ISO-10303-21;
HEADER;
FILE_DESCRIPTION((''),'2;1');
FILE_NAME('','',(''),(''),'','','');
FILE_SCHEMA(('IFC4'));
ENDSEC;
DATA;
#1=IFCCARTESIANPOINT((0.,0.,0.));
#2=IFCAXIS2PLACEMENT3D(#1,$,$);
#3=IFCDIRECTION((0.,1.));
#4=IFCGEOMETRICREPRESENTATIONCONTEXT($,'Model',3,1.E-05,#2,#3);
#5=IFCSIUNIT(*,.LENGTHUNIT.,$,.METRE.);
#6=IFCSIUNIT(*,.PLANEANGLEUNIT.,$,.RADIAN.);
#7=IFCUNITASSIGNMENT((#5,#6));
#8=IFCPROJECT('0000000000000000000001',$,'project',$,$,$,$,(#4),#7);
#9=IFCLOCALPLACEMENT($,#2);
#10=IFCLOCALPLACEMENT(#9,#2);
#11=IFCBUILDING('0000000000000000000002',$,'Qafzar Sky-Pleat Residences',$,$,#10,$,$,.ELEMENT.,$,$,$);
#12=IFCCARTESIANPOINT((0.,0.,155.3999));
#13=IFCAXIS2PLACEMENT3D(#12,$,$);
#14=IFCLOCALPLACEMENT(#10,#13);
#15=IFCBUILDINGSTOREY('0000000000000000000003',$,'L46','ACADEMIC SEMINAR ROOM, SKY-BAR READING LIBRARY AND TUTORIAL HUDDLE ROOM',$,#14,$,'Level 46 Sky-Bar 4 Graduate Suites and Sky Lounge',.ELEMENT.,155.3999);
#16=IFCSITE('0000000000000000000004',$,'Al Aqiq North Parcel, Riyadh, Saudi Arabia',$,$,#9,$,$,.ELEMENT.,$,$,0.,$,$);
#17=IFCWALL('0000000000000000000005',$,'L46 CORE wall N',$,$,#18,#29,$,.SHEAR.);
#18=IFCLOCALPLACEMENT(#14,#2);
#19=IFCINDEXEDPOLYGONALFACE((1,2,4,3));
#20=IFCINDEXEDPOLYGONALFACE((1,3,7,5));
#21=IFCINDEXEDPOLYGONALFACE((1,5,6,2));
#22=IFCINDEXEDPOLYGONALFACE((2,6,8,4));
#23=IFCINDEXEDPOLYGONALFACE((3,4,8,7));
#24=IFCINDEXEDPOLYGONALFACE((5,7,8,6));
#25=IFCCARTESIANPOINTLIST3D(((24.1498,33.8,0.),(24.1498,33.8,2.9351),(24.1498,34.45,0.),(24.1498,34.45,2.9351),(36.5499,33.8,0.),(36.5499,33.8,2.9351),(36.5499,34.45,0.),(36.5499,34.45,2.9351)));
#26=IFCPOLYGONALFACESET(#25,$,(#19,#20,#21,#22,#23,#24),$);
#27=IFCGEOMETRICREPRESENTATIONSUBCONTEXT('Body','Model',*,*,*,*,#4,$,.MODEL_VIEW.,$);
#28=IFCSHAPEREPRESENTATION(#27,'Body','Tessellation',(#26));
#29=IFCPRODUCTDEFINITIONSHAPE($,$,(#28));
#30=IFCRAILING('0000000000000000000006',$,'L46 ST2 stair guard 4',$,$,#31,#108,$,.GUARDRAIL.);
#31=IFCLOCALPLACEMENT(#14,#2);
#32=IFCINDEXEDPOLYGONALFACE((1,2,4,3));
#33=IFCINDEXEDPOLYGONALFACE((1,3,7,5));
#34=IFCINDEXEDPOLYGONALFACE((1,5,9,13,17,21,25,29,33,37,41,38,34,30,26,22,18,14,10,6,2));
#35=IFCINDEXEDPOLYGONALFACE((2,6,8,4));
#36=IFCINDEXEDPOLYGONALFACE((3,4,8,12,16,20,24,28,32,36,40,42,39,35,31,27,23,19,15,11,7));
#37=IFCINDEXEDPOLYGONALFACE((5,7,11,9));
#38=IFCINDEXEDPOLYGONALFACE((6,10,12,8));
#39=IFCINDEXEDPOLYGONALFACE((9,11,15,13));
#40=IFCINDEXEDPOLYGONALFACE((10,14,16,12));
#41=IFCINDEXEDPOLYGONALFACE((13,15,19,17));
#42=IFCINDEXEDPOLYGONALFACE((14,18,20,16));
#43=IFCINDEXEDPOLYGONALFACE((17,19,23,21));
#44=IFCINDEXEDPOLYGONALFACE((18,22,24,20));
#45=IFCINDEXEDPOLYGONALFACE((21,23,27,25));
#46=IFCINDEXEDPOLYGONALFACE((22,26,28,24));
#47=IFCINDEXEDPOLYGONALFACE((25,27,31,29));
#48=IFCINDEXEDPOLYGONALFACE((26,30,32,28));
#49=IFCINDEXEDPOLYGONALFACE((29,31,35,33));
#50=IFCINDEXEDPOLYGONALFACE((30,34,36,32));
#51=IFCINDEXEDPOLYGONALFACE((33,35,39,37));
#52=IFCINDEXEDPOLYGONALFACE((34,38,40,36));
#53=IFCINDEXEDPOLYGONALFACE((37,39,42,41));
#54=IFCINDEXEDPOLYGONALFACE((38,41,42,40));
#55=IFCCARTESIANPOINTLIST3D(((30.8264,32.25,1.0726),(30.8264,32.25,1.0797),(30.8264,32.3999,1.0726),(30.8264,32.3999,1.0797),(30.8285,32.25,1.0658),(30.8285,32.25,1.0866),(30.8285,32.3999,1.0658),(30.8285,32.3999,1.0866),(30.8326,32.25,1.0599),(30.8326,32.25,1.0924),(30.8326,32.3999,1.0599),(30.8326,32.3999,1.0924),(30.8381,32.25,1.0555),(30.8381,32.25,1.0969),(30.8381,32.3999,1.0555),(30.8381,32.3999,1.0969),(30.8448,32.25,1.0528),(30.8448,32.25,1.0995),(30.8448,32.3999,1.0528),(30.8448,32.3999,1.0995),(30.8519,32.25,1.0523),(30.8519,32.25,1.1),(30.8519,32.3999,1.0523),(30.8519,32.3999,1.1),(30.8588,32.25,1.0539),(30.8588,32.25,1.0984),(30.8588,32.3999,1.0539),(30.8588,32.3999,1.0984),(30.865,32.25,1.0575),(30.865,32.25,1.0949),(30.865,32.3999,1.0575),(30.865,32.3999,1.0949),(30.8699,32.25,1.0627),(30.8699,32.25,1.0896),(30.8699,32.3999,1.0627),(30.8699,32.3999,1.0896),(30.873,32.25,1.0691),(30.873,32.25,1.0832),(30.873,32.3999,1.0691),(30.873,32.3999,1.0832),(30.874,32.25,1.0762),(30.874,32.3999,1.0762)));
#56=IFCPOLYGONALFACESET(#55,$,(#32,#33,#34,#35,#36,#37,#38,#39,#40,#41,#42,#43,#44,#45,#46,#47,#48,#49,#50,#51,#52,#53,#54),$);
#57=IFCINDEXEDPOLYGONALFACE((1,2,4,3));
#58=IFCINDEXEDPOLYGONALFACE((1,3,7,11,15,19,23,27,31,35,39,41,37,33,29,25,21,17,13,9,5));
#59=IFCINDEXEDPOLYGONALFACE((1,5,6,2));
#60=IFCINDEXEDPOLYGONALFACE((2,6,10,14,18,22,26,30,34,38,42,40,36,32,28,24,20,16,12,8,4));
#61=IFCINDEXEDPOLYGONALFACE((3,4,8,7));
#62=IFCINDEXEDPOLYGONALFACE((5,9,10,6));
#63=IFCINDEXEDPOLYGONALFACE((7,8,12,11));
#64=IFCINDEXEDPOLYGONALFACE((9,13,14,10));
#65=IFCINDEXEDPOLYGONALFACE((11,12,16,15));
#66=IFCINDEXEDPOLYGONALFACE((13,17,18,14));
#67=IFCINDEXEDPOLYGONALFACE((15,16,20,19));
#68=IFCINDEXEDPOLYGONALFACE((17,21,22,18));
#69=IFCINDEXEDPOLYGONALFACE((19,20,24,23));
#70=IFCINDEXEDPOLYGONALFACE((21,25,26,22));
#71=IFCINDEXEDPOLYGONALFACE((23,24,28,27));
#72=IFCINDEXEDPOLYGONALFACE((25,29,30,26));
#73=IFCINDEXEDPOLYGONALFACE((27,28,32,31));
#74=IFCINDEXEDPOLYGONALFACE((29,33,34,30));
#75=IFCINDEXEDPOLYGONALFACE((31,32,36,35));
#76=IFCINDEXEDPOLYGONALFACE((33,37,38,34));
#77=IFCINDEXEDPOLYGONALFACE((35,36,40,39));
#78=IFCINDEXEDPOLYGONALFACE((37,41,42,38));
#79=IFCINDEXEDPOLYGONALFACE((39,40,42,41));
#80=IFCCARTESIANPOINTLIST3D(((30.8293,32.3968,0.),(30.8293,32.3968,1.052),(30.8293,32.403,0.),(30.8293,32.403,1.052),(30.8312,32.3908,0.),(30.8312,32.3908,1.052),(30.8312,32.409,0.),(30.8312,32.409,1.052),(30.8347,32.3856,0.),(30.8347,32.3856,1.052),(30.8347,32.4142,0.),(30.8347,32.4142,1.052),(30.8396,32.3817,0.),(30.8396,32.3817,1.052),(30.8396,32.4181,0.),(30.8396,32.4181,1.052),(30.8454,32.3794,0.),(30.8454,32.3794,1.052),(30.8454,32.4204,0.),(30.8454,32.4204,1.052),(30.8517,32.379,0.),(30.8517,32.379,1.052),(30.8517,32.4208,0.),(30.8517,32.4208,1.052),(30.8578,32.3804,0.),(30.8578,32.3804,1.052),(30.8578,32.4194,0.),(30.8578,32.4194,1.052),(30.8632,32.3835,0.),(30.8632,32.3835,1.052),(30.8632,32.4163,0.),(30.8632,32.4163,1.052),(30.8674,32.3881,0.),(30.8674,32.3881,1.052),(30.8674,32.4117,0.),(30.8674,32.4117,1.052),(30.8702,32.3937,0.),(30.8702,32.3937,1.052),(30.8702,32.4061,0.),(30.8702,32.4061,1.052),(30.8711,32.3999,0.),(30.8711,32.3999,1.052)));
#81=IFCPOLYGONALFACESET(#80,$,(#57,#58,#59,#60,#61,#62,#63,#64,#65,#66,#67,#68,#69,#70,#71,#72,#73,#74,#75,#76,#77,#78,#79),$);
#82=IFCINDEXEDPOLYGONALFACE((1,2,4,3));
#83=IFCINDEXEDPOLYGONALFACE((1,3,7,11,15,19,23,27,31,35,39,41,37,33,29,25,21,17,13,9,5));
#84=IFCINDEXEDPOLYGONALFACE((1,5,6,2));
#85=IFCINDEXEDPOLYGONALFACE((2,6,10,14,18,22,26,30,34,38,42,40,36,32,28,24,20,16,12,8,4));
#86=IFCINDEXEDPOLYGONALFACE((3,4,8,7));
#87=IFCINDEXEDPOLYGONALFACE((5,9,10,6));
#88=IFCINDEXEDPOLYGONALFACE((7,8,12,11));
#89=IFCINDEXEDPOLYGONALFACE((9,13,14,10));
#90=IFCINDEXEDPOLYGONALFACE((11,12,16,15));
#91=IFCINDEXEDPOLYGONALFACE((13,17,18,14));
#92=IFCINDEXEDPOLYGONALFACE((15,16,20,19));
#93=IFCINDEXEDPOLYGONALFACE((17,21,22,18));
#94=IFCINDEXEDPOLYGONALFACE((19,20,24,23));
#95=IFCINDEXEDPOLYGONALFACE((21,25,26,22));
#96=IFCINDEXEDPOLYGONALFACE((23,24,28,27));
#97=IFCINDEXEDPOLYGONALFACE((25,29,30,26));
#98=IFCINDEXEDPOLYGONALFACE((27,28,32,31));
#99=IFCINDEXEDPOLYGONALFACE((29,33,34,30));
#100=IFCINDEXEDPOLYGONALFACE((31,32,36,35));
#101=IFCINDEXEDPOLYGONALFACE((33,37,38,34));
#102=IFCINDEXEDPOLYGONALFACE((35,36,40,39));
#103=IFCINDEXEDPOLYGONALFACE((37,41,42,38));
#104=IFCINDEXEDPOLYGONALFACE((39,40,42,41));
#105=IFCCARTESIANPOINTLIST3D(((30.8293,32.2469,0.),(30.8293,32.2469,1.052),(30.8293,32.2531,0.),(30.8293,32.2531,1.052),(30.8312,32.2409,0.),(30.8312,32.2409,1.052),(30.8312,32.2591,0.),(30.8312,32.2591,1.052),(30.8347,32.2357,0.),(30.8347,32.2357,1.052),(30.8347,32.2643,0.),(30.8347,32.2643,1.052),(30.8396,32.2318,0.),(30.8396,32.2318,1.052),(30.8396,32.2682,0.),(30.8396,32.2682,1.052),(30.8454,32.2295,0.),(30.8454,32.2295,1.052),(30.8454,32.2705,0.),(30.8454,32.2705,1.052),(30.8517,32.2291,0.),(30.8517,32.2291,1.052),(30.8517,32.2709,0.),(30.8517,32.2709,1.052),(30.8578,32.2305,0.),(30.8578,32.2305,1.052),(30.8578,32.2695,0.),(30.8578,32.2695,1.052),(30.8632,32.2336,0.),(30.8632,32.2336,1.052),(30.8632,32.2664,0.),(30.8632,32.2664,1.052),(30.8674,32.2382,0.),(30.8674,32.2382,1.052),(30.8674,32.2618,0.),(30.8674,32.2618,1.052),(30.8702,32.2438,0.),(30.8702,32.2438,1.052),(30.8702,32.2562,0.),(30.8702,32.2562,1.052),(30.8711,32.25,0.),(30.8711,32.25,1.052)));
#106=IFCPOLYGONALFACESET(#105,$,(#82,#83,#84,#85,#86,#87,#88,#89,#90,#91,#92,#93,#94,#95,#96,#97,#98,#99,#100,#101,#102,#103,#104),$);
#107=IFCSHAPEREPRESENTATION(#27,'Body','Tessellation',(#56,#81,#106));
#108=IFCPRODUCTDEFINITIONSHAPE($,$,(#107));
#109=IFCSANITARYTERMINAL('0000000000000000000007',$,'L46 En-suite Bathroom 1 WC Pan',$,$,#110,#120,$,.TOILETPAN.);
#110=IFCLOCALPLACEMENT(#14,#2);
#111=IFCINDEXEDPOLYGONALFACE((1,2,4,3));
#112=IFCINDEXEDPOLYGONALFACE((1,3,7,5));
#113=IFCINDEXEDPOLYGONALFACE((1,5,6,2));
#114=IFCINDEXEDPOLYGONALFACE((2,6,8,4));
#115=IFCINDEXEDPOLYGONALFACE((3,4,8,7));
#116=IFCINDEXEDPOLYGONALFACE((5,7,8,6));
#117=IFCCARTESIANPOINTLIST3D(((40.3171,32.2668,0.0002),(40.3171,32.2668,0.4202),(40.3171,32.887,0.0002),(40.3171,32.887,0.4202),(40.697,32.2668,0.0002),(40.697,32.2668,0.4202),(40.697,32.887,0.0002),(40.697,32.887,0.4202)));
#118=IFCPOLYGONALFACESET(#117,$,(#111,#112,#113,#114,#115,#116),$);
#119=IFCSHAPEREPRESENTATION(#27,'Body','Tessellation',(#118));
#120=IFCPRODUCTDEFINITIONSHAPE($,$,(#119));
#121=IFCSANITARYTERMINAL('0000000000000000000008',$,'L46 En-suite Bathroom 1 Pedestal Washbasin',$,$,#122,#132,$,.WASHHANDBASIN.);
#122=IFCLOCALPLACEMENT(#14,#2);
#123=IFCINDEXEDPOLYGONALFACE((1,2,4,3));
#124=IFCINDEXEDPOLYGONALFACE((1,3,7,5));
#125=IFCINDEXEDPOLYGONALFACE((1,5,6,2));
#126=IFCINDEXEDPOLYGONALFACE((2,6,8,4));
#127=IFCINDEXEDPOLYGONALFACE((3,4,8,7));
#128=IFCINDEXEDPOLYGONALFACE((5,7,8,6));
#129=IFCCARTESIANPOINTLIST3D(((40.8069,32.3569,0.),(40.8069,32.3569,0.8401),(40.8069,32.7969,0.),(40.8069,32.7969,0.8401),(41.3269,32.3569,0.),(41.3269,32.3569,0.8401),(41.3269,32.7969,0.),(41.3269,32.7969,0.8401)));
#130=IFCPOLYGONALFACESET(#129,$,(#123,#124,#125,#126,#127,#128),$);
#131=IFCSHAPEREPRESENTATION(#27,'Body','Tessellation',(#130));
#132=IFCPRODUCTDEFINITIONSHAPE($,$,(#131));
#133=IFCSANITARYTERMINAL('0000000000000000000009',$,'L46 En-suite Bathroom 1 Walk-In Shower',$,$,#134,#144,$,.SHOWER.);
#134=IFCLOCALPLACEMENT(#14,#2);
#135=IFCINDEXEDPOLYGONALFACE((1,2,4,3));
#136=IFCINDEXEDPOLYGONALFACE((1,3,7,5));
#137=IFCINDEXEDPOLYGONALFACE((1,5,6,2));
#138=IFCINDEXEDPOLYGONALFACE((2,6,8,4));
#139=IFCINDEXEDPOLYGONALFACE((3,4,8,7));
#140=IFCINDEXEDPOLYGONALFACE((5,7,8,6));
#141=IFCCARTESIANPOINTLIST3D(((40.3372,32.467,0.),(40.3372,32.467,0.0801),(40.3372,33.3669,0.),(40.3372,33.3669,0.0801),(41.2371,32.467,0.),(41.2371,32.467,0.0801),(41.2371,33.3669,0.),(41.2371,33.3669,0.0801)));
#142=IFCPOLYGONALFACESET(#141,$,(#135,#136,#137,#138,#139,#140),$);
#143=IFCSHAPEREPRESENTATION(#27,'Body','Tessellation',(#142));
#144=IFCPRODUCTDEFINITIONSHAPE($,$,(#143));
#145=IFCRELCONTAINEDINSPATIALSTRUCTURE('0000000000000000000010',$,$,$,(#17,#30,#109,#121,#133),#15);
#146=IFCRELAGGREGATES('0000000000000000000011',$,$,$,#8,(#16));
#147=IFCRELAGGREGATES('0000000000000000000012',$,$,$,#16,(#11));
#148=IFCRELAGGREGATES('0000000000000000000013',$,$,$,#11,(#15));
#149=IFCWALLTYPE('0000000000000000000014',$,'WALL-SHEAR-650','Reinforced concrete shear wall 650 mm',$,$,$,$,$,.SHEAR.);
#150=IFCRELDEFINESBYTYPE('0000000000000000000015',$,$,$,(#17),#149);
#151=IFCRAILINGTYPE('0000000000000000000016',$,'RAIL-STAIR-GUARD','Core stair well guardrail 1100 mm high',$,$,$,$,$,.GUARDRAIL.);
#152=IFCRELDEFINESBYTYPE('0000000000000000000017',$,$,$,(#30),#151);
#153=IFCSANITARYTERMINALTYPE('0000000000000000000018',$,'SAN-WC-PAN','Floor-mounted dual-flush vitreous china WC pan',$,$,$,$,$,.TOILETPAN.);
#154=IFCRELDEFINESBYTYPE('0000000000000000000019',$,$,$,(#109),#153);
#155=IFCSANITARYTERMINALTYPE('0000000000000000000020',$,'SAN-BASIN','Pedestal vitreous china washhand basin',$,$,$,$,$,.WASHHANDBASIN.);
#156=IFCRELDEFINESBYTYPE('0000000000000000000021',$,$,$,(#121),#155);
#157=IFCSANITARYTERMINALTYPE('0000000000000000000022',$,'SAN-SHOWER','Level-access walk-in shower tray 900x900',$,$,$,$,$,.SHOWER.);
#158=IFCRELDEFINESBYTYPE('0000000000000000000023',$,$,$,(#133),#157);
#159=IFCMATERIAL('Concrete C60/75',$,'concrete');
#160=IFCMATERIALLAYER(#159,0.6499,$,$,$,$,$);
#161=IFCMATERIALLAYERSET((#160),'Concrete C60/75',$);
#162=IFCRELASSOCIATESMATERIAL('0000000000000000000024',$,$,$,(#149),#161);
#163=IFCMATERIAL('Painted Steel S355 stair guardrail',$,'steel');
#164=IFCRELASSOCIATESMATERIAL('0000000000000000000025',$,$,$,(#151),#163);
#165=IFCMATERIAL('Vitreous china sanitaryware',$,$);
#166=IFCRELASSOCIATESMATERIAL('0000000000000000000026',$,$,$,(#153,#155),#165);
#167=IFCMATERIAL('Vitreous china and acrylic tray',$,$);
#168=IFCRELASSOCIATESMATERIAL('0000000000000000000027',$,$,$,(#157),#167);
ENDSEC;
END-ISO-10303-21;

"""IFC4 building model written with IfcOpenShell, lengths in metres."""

from ifc_helpers import new_model, si_unit, direction, frame, frame_2d, origin, origin_2d, place, context, subcontext, project, spatial, rectangle, circle, extrude, source, transform, mapped, material, layer, layer_set, type_object, element, save


model = new_model("IFC4")

# Units and contexts
model_context = context("Model", 3, precision=1e-05, world=origin(), true_north=direction((0.0, 1.0)))
body_context = subcontext(model_context, "Body", "Model", "MODEL_VIEW")
ifc_project = project(units=[si_unit("LENGTHUNIT", "METRE"), si_unit("PLANEANGLEUNIT", "RADIAN")], contexts=[model_context])

# Site, building, storey
site_placement = place(None, origin())
site = spatial("IfcSite", under=ifc_project, at=site_placement, Name="Al Aqiq North Parcel, Riyadh, Saudi Arabia", CompositionType="ELEMENT", RefElevation=0.0)
building_placement = place(site_placement, origin())
building = spatial("IfcBuilding", under=site, at=building_placement, Name="Qafzar Sky-Pleat Residences", CompositionType="ELEMENT")
storey_placement = place(building_placement, frame((0.0, 0.0, 155.3999)))
storey = spatial("IfcBuildingStorey", under=building, at=storey_placement, Name="L46", Description="ACADEMIC SEMINAR ROOM, SKY-BAR READING LIBRARY AND TUTORIAL HUDDLE ROOM", LongName="Level 46 Sky-Bar 4 Graduate Suites and Sky Lounge", CompositionType="ELEMENT", Elevation=155.3999)

# Wall
ifc_material_1 = material(Name="Concrete C60/75", Category="concrete")
ifc_layer_1 = layer(ifc_material_1, 0.6499)
ifc_layer_set_1 = layer_set([ifc_layer_1], Name="Concrete C60/75")
wall_type_1 = type_object("IfcWallType", Name="WALL-SHEAR-650", Description="Reinforced concrete shear wall 650 mm", PredefinedType="SHEAR", material=ifc_layer_set_1)
wall_1_placement = place(storey_placement, frame((36.55, 34.125, 0.0), z_axis=(0.0, 0.0, 1.0), x_axis=(-1.0, 0.0, 0.0)))
element("IfcWall", 1, at=wall_1_placement, inside=storey, type_object=wall_type_1, Name="L46 CORE wall N", PredefinedType="SHEAR", context=body_context, shape_type="SweptSolid", body=[
    extrude(rectangle(XDim=12.4001, YDim=0.6499, at=frame_2d((6.2002, 0.0))), origin(), (0.0, 0.0, 1.0), 2.9351),
])

# Railing
ifc_material_2 = material(Name="Painted Steel S355 stair guardrail", Category="steel")
railing_type = type_object("IfcRailingType", Name="RAIL-STAIR-GUARD", Description="Core stair well guardrail 1100 mm high", PredefinedType="GUARDRAIL", material=ifc_material_2)
shared_shape_1 = source(origin(), body_context, "Body", "SweptSolid", [
    extrude(circle(Radius=0.0239, at=origin_2d()), frame((0.0, 0.0, 1.0762), z_axis=(0.0, -1.0, 0.0), x_axis=(1.0, 0.0, 0.0)), (0.0, 0.0, 1.0), 0.1499),
    extrude(circle(Radius=0.021, at=origin_2d()), origin(), (0.0, 0.0, 1.0), 1.052),
    extrude(circle(Radius=0.021, at=origin_2d()), frame((0.0, -0.1499, 0.0)), (0.0, 0.0, 1.0), 1.052),
])
railing_placement = place(storey_placement, frame((30.8501, 32.3999, 0.0)))
element("IfcRailing", 2, at=railing_placement, inside=storey, type_object=railing_type, Name="L46 ST2 stair guard 4", PredefinedType="GUARDRAIL", context=body_context, shape_type="MappedRepresentation", body=[
    mapped(shared_shape_1, transform((0.0, 0.0, 0.0), x_axis=(1.0, 0.0, 0.0), y_axis=(0.0, 1.0, 0.0), z_axis=(0.0, 0.0, 1.0), scale=1.0)),
])

# Sanitary terminals
ifc_material_3 = material(Name="Vitreous china sanitaryware")
sanitary_terminal_type_1 = type_object("IfcSanitaryTerminalType", Name="SAN-WC-PAN", Description="Floor-mounted dual-flush vitreous china WC pan", PredefinedType="TOILETPAN", material=ifc_material_3)
shared_shape_2 = source(origin(), body_context, "Body", "SweptSolid", [
    extrude(rectangle(XDim=0.3799, YDim=0.6201, at=origin_2d()), origin(), (0.0, 0.0, 1.0), 0.4199),
])
sanitary_terminal_1_placement = place(storey_placement, frame((40.5071, 32.5769, 0.0002), z_axis=(0.0, 0.0, 1.0), x_axis=(1.0, 0.0, 0.0)))
element("IfcSanitaryTerminal", 3, at=sanitary_terminal_1_placement, inside=storey, type_object=sanitary_terminal_type_1, Name="L46 En-suite Bathroom 1 WC Pan", PredefinedType="TOILETPAN", context=body_context, shape_type="MappedRepresentation", body=[
    mapped(shared_shape_2, transform((0.0, 0.0, 0.0), x_axis=(1.0, 0.0, 0.0), y_axis=(0.0, 1.0, 0.0), z_axis=(0.0, 0.0, 1.0), scale=1.0)),
])
sanitary_terminal_type_2 = type_object("IfcSanitaryTerminalType", Name="SAN-BASIN", Description="Pedestal vitreous china washhand basin", PredefinedType="WASHHANDBASIN", material=ifc_material_3)
shared_shape_3 = source(origin(), body_context, "Body", "SweptSolid", [
    extrude(rectangle(XDim=0.52, YDim=0.4399, at=origin_2d()), origin(), (0.0, 0.0, 1.0), 0.8401),
])
sanitary_terminal_2_placement = place(storey_placement, frame((41.0669, 32.5769, 0.0), z_axis=(0.0, 0.0, 1.0), x_axis=(1.0, 0.0, 0.0)))
element("IfcSanitaryTerminal", 4, at=sanitary_terminal_2_placement, inside=storey, type_object=sanitary_terminal_type_2, Name="L46 En-suite Bathroom 1 Pedestal Washbasin", PredefinedType="WASHHANDBASIN", context=body_context, shape_type="MappedRepresentation", body=[
    mapped(shared_shape_3, transform((0.0, 0.0, 0.0), x_axis=(1.0, 0.0, 0.0), y_axis=(0.0, 1.0, 0.0), z_axis=(0.0, 0.0, 1.0), scale=1.0)),
])
ifc_material_4 = material(Name="Vitreous china and acrylic tray")
sanitary_terminal_type_3 = type_object("IfcSanitaryTerminalType", Name="SAN-SHOWER", Description="Level-access walk-in shower tray 900x900", PredefinedType="SHOWER", material=ifc_material_4)
shared_shape_4 = source(origin(), body_context, "Body", "SweptSolid", [
    extrude(rectangle(XDim=0.8999, YDim=0.8999, at=origin_2d()), origin(), (0.0, 0.0, 1.0), 0.0801),
])
sanitary_terminal_3_placement = place(storey_placement, frame((40.7871, 32.917, 0.0), z_axis=(0.0, 0.0, 1.0), x_axis=(1.0, 0.0, 0.0)))
element("IfcSanitaryTerminal", 5, at=sanitary_terminal_3_placement, inside=storey, type_object=sanitary_terminal_type_3, Name="L46 En-suite Bathroom 1 Walk-In Shower", PredefinedType="SHOWER", context=body_context, shape_type="MappedRepresentation", body=[
    mapped(shared_shape_4, transform((0.0, 0.0, 0.0), x_axis=(1.0, 0.0, 0.0), y_axis=(0.0, 1.0, 0.0), z_axis=(0.0, 0.0, 1.0), scale=1.0)),
])

save(model, "model.ifc")
